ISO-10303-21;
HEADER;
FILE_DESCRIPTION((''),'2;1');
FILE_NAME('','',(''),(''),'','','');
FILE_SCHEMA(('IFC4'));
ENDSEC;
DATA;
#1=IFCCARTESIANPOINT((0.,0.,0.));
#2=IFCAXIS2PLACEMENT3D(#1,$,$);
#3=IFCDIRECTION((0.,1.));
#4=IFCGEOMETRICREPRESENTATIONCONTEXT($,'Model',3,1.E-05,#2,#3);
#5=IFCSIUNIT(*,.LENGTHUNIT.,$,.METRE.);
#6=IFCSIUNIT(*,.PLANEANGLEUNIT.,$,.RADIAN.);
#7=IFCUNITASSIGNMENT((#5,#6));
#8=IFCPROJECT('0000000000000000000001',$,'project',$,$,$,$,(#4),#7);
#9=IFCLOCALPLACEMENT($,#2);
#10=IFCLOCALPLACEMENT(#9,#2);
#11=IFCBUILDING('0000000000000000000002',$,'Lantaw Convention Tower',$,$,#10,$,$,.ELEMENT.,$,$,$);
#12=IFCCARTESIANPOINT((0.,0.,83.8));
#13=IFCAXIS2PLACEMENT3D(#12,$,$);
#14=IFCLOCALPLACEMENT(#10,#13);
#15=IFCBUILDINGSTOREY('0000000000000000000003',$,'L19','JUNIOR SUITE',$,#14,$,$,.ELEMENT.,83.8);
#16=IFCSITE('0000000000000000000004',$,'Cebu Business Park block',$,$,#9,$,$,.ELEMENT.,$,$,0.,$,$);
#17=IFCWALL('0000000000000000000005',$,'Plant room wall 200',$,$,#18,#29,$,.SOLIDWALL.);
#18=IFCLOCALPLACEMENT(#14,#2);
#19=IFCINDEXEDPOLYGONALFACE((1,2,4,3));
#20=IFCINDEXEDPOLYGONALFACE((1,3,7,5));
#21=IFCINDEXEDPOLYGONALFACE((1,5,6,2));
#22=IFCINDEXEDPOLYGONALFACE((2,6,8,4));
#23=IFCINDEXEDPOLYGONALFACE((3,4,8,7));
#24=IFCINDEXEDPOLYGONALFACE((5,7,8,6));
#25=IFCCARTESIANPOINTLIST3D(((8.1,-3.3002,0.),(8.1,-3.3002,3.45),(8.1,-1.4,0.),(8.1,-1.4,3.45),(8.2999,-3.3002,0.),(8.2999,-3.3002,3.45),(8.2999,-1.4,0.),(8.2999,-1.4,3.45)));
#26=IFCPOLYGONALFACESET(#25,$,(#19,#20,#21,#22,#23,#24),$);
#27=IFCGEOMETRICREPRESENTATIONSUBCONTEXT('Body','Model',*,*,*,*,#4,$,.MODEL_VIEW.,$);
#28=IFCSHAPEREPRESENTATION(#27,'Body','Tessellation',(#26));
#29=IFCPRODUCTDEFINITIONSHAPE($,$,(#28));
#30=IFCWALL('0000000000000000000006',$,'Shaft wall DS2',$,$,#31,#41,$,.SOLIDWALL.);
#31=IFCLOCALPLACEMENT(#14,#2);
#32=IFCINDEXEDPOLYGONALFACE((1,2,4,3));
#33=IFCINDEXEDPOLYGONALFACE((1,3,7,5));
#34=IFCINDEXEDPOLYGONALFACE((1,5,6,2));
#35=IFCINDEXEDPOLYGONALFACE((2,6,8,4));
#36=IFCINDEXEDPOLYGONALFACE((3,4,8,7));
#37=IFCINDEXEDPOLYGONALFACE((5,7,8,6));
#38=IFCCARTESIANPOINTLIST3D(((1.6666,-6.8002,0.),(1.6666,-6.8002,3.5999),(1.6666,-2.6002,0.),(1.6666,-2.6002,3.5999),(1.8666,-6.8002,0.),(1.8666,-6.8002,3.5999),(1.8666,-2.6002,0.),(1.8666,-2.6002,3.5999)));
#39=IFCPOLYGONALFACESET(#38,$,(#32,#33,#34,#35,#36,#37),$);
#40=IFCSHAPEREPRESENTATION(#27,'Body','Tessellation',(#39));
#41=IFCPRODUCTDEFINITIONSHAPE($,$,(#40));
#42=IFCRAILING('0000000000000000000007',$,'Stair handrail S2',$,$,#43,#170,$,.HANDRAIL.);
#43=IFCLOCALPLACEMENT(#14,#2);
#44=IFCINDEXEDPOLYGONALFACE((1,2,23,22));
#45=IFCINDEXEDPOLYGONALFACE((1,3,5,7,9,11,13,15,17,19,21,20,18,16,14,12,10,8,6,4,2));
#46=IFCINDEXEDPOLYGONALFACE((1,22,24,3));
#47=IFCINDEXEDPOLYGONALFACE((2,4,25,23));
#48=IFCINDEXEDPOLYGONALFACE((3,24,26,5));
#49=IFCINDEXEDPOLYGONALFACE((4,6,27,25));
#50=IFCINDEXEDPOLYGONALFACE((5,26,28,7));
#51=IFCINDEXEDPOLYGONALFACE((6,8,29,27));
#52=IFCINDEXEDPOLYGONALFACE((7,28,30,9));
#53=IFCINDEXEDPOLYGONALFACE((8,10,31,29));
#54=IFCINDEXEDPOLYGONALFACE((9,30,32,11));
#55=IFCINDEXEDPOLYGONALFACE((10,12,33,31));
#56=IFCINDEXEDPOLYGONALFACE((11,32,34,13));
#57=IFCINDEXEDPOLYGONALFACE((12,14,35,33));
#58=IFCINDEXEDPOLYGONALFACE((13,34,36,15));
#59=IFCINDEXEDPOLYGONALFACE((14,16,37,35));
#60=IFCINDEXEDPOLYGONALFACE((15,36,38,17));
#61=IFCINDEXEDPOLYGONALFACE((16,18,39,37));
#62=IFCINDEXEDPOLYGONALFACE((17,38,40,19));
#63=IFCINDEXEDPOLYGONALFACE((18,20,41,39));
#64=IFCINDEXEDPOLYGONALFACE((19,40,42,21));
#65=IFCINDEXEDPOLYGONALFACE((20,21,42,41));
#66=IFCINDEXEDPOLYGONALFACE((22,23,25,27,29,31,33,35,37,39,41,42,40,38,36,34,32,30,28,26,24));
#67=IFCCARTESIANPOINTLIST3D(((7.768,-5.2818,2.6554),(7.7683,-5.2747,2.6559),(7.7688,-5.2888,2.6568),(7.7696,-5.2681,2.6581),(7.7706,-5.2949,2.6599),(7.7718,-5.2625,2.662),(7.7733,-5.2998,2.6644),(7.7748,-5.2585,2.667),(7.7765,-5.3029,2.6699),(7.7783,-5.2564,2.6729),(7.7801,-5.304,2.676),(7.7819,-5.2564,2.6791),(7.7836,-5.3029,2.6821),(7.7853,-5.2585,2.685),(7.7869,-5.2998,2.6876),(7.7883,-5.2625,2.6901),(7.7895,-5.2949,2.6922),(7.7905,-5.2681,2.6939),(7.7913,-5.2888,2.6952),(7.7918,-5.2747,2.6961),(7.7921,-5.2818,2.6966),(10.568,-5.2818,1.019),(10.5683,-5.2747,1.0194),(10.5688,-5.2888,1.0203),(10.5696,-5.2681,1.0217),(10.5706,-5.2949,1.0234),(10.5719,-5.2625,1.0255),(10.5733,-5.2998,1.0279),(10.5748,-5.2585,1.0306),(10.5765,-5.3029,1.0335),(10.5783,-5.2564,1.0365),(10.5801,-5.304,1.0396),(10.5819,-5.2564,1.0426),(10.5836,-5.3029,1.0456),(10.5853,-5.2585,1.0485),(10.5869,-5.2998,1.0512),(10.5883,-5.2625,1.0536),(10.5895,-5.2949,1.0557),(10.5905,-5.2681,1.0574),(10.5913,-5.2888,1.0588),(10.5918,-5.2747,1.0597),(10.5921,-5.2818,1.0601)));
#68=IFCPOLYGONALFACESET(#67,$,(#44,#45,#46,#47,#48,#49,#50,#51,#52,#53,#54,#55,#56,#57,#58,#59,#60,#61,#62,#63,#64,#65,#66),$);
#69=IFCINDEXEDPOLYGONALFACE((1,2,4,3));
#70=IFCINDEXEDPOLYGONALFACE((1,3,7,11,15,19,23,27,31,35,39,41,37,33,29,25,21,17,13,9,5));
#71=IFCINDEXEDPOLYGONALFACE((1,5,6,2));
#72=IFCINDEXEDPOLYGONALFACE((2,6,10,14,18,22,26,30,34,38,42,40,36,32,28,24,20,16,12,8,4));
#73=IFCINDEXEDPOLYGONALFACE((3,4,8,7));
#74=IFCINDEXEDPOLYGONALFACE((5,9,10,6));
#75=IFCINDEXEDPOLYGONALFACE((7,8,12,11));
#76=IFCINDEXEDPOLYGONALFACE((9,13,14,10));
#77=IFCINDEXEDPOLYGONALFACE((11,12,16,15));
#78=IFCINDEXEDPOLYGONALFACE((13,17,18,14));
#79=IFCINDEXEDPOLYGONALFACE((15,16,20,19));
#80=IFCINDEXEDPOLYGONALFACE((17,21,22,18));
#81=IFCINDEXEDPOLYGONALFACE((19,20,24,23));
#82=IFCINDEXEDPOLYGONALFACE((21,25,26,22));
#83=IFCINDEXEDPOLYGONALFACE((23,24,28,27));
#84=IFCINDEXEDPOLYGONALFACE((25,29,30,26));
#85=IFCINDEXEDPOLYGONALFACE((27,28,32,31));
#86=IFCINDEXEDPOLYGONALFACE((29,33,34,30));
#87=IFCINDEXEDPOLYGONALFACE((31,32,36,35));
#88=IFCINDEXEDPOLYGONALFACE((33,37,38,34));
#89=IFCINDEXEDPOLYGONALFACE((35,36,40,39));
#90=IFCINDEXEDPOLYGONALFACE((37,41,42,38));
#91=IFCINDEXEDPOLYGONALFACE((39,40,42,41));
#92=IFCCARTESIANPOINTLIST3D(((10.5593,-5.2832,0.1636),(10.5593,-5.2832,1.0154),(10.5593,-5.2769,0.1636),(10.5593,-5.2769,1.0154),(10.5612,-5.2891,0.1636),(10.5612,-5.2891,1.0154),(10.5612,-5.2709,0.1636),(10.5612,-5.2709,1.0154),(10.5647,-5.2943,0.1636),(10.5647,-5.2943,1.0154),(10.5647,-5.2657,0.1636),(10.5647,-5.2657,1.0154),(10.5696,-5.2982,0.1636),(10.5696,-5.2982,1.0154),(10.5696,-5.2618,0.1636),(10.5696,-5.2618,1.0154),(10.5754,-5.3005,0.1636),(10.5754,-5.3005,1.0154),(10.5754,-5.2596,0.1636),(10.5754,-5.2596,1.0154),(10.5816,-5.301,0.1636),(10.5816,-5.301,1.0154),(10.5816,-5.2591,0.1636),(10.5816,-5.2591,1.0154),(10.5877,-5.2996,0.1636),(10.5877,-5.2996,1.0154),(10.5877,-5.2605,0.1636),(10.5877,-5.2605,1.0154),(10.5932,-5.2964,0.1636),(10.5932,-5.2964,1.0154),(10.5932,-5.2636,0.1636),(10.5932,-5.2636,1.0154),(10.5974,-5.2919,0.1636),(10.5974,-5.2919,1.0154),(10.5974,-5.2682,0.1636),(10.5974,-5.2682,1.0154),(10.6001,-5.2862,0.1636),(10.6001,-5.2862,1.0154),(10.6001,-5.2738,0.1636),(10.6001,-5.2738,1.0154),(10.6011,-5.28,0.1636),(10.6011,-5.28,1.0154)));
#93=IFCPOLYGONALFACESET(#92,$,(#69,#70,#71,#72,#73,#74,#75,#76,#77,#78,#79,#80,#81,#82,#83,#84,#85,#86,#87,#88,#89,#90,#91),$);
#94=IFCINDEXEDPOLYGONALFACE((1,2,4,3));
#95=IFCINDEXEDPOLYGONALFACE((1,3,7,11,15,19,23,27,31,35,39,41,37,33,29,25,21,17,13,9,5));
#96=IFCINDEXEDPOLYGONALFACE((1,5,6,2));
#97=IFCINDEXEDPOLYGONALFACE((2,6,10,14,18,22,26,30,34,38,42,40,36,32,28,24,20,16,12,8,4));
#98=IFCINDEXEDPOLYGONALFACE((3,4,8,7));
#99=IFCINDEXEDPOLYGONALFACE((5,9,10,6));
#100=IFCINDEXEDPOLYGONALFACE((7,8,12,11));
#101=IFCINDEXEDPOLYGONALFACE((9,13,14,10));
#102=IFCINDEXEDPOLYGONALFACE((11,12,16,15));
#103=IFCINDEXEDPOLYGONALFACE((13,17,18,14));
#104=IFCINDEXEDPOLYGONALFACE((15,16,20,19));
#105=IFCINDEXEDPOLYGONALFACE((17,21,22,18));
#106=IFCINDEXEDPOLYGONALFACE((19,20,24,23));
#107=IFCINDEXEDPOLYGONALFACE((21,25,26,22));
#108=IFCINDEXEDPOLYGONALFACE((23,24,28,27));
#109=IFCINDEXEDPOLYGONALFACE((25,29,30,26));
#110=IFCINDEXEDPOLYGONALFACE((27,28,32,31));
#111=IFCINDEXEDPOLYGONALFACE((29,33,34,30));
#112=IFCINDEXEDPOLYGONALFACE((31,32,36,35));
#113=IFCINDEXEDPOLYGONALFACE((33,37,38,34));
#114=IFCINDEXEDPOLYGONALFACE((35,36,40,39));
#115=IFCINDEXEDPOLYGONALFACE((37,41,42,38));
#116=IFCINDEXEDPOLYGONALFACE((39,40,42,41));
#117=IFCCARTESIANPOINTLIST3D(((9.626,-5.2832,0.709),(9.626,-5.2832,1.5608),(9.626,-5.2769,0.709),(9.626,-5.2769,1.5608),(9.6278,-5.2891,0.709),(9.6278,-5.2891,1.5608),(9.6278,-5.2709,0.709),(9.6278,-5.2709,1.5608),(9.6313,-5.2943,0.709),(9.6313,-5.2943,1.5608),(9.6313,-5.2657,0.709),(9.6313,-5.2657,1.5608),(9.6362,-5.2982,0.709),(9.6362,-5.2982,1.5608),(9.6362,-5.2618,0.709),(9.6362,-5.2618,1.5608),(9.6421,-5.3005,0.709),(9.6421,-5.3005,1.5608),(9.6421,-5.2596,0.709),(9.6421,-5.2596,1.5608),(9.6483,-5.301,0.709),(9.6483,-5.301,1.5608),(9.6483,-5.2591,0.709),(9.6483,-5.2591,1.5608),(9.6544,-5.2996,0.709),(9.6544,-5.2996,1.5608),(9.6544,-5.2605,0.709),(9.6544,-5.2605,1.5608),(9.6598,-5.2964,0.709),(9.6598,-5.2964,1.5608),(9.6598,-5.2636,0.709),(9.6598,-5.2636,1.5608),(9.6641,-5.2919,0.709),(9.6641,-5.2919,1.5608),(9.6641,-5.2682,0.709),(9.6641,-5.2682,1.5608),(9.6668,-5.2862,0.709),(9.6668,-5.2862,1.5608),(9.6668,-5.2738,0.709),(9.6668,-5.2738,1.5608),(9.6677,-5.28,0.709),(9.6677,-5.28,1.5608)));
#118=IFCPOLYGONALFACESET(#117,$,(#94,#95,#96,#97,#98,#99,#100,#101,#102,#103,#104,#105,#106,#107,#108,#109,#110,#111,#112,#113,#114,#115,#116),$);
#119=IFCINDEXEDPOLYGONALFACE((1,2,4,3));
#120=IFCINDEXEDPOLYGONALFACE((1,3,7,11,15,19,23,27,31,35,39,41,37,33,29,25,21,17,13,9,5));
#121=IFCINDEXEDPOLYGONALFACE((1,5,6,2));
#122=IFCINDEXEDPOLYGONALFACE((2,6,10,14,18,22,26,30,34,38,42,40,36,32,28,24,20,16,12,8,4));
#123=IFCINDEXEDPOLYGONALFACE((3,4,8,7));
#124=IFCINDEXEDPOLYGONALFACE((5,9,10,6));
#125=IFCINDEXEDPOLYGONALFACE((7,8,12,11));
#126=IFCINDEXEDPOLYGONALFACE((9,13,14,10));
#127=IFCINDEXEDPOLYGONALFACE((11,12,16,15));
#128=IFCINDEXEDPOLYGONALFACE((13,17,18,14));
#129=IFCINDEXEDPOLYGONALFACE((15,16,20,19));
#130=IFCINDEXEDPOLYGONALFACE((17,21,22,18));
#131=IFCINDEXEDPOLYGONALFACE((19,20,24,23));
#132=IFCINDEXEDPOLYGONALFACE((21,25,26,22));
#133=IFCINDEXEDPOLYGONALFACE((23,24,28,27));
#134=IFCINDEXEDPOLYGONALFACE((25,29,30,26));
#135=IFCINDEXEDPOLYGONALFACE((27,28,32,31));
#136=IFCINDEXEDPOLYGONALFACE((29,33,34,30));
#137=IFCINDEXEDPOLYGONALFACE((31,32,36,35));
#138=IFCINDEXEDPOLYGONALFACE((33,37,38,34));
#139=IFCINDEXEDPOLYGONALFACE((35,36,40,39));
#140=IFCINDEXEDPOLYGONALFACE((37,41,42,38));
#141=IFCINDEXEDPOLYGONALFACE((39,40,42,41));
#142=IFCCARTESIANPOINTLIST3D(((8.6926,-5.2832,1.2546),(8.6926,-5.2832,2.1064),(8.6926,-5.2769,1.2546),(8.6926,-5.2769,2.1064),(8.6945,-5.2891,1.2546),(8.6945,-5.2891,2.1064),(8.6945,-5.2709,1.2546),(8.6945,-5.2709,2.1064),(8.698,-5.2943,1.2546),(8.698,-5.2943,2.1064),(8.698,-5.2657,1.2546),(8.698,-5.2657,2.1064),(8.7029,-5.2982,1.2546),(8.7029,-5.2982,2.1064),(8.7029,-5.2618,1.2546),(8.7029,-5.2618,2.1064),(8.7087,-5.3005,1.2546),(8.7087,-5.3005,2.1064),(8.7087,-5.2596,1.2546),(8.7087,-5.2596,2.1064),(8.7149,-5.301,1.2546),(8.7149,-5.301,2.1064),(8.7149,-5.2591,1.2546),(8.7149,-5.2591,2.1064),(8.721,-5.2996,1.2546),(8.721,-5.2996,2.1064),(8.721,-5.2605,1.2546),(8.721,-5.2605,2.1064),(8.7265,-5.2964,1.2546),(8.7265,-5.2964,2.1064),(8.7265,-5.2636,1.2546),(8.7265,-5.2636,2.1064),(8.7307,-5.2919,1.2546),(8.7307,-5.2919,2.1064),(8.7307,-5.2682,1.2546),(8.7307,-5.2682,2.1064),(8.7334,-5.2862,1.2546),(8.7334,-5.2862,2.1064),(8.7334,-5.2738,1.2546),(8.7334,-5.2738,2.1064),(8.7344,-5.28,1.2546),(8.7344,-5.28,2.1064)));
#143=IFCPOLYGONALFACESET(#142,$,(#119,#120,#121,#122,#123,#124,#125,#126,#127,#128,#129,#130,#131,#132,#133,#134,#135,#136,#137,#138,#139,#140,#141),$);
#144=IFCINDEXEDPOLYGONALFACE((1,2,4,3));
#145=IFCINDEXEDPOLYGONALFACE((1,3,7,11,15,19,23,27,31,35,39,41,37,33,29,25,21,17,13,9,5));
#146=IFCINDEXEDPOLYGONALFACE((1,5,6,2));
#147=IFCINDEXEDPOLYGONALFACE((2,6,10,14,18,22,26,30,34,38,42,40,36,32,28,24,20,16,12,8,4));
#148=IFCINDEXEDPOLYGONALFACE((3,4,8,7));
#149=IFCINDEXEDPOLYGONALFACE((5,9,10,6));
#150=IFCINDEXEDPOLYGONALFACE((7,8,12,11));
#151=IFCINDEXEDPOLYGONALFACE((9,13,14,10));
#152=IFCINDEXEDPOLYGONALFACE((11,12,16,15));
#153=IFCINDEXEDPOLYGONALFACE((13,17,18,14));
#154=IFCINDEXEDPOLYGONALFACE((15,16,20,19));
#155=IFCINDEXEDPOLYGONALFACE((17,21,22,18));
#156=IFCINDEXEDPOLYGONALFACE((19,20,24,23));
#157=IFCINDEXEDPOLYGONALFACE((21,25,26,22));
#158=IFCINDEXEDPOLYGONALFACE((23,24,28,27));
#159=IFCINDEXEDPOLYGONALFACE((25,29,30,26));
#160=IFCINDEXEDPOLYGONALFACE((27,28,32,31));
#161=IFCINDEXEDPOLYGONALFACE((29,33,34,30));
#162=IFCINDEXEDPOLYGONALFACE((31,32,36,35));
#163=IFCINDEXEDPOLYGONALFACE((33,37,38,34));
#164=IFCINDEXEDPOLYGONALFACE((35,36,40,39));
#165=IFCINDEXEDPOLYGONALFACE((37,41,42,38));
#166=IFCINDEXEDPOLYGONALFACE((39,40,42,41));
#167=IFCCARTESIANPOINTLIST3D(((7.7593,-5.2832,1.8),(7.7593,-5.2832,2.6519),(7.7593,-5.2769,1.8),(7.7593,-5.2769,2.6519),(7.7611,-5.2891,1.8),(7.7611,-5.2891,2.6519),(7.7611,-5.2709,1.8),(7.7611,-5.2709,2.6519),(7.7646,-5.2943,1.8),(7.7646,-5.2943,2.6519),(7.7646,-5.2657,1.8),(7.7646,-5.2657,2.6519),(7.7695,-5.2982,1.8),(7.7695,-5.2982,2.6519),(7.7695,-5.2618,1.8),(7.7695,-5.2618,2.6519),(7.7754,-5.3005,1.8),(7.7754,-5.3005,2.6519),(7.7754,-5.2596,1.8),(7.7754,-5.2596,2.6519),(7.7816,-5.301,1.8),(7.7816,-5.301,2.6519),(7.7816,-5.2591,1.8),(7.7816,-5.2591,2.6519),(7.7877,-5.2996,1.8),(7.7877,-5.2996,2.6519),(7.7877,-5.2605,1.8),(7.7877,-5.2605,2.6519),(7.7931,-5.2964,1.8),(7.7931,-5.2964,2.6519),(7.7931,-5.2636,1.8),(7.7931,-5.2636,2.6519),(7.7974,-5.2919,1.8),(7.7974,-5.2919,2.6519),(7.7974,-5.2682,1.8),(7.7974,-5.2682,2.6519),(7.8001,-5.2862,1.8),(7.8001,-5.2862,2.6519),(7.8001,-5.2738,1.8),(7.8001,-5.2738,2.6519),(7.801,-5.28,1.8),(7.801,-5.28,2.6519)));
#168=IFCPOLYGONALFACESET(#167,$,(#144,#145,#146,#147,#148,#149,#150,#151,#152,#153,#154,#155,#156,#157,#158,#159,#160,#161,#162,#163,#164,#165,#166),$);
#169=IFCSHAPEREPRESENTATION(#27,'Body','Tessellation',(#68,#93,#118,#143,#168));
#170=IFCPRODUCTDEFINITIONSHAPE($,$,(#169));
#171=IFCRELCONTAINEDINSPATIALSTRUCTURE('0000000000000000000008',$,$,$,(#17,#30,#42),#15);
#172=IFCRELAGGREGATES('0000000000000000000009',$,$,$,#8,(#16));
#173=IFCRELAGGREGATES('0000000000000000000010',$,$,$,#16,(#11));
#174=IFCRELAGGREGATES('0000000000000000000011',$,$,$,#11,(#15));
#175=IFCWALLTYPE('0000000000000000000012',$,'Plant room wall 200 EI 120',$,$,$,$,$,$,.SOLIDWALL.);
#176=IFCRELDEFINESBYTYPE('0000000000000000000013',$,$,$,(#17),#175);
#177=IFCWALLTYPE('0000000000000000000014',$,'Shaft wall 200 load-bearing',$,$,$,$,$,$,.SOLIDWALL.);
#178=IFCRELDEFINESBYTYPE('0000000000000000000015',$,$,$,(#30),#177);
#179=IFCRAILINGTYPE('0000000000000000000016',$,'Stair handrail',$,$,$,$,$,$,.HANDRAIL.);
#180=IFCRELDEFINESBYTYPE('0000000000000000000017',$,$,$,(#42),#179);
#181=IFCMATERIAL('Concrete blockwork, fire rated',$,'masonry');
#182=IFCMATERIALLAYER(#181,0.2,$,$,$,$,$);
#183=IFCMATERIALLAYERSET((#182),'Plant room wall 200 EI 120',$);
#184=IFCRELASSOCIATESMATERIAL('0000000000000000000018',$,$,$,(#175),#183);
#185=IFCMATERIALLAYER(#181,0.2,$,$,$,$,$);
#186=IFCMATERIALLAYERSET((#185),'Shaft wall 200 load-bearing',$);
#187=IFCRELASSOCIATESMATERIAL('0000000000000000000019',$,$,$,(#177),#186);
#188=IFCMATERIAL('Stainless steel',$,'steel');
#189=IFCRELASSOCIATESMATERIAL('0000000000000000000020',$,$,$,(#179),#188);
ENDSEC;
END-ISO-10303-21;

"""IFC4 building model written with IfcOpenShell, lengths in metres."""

from ifc_helpers import new_model, si_unit, direction, frame, frame_2d, origin, origin_2d, place, context, subcontext, project, spatial, rectangle, circle, extrude, material, layer, layer_set, type_object, element, save


model = new_model("IFC4")

# Units and contexts
model_context = context("Model", 3, precision=1e-05, world=origin(), true_north=direction((0.0, 1.0)))
body_context = subcontext(model_context, "Body", "Model", "MODEL_VIEW")
ifc_project = project(units=[si_unit("LENGTHUNIT", "METRE"), si_unit("PLANEANGLEUNIT", "RADIAN")], contexts=[model_context])

# Site, building, storey
site_placement = place(None, origin())
site = spatial("IfcSite", under=ifc_project, at=site_placement, Name="Cebu Business Park block", CompositionType="ELEMENT", RefElevation=0.0)
building_placement = place(site_placement, origin())
building = spatial("IfcBuilding", under=site, at=building_placement, Name="Lantaw Convention Tower", CompositionType="ELEMENT")
storey_placement = place(building_placement, frame((0.0, 0.0, 83.8)))
storey = spatial("IfcBuildingStorey", under=building, at=storey_placement, Name="L19", Description="JUNIOR SUITE", CompositionType="ELEMENT", Elevation=83.8)

# Shared definitions
ifc_material_1 = material(Name="Concrete blockwork, fire rated", Category="masonry")
ifc_layer_1 = layer(ifc_material_1, 0.2)
ifc_layer_set_1 = layer_set([ifc_layer_1], Name="Plant room wall 200 EI 120")
wall_type_1 = type_object("IfcWallType", Name="Plant room wall 200 EI 120", PredefinedType="SOLIDWALL", material=ifc_layer_set_1)

# Walls
wall_1_placement = place(storey_placement, frame((8.2, -1.3999, 0.0), z_axis=(0.0, 0.0, 1.0), x_axis=(0.0, -1.0, 0.0)))
element("IfcWall", 1, at=wall_1_placement, inside=storey, type_object=wall_type_1, Name="Plant room wall 200", PredefinedType="SOLIDWALL", context=body_context, shape_type="SweptSolid", body=[
    extrude(rectangle(XDim=1.9001, YDim=0.2, at=frame_2d((0.9502, 0.0))), origin(), (0.0, 0.0, 1.0), 3.45),
])
ifc_layer_2 = layer(ifc_material_1, 0.2)
ifc_layer_set_2 = layer_set([ifc_layer_2], Name="Shaft wall 200 load-bearing")
wall_type_2 = type_object("IfcWallType", Name="Shaft wall 200 load-bearing", PredefinedType="SOLIDWALL", material=ifc_layer_set_2)
wall_2_placement = place(storey_placement, frame((1.7666, -2.6001, 0.0), z_axis=(0.0, 0.0, 1.0), x_axis=(0.0, -1.0, 0.0)))
element("IfcWall", 2, at=wall_2_placement, inside=storey, type_object=wall_type_2, Name="Shaft wall DS2", PredefinedType="SOLIDWALL", context=body_context, shape_type="SweptSolid", body=[
    extrude(rectangle(XDim=4.2, YDim=0.2, at=frame_2d((2.1001, 0.0))), origin(), (0.0, 0.0, 1.0), 3.5999),
])

# Railing
ifc_material_2 = material(Name="Stainless steel", Category="steel")
railing_type = type_object("IfcRailingType", Name="Stair handrail", PredefinedType="HANDRAIL", material=ifc_material_2)
railing_1_placement = place(storey_placement, frame((10.5801, -5.28, 0.1636)))
element("IfcRailing", 3, at=railing_1_placement, inside=storey, type_object=railing_type, Name="Stair handrail S2", PredefinedType="HANDRAIL", context=body_context, shape_type="SweptSolid", body=[
    extrude(circle(Radius=0.0239, at=origin_2d()), frame((0.0, 0.0, 0.876), z_axis=(-0.863361, 0.0, 0.504587), x_axis=(0.0, -1.0, 0.0)), (0.0, 0.0, 1.0), 3.2432),
    extrude(circle(Radius=0.021, at=origin_2d()), origin(), (0.0, 0.0, 1.0), 0.8518),
    extrude(circle(Radius=0.021, at=origin_2d()), frame((-0.9333, 0.0, 0.5454)), (0.0, 0.0, 1.0), 0.8518),
    extrude(circle(Radius=0.021, at=origin_2d()), frame((-1.8667, 0.0, 1.0911)), (0.0, 0.0, 1.0), 0.8518),
    extrude(circle(Radius=0.021, at=origin_2d()), frame((-2.8, 0.0, 1.6365)), (0.0, 0.0, 1.0), 0.8518),
])

save(model, "model.ifc")
